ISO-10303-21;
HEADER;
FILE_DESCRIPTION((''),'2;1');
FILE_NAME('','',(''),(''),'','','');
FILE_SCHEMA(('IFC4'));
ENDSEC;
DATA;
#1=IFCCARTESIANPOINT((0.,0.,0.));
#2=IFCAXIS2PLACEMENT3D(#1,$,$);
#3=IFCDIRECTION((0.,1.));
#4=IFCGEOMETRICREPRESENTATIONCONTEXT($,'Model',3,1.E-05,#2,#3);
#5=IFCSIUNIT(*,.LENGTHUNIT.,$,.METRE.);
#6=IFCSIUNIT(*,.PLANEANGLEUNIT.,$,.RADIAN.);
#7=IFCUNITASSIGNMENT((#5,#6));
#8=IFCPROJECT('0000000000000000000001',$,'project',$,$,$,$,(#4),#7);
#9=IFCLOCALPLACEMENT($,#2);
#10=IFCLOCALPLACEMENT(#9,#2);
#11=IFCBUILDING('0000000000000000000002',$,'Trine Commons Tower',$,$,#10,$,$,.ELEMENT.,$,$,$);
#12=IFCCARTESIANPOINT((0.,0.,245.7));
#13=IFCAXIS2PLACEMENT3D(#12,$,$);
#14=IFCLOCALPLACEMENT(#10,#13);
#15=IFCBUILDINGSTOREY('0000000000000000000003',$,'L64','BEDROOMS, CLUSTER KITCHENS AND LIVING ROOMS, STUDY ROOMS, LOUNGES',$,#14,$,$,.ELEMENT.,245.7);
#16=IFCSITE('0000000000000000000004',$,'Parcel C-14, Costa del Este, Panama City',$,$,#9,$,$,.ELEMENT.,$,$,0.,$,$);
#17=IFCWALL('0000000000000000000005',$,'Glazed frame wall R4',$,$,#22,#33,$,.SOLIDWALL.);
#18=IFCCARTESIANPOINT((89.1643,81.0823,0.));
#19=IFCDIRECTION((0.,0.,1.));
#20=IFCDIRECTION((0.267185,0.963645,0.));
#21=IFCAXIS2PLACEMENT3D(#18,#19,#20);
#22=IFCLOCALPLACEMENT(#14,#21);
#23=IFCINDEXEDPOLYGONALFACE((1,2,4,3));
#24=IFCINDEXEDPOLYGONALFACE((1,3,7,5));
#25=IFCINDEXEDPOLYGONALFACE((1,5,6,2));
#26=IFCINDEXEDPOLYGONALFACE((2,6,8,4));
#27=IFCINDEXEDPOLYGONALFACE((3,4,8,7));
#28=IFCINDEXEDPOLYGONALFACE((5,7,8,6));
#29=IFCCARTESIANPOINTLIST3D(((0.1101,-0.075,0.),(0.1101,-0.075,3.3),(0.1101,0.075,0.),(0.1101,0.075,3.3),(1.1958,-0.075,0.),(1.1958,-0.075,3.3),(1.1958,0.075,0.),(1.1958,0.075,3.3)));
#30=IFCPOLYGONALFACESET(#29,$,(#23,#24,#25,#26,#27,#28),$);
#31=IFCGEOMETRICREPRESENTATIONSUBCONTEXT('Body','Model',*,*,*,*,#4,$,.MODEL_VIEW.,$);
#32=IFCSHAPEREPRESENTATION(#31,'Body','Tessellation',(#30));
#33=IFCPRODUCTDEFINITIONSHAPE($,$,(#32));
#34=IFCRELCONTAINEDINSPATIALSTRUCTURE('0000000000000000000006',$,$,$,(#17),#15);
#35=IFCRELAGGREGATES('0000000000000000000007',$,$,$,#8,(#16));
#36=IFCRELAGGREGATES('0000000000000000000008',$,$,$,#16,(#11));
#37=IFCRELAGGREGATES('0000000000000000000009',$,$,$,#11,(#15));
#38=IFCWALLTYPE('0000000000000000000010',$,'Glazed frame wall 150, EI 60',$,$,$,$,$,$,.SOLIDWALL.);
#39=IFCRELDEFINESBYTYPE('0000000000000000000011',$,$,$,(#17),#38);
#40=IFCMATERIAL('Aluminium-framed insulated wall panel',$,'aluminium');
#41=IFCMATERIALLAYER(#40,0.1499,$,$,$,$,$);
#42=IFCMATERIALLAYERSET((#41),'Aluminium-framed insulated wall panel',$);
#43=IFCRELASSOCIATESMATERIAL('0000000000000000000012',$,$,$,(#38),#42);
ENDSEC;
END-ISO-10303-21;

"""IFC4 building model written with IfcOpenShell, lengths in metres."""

from ifc_helpers import new_model, si_unit, direction, frame, origin, place, context, subcontext, project, spatial, polyline, outline, extrude, material, layer, layer_set, type_object, element, save


model = new_model("IFC4")

# Units and contexts
model_context = context("Model", 3, precision=1e-05, world=origin(), true_north=direction((0.0, 1.0)))
body_context = subcontext(model_context, "Body", "Model", "MODEL_VIEW")
ifc_project = project(units=[si_unit("LENGTHUNIT", "METRE"), si_unit("PLANEANGLEUNIT", "RADIAN")], contexts=[model_context])

# Site, building, storey
site_placement = place(None, origin())
site = spatial("IfcSite", under=ifc_project, at=site_placement, Name="Parcel C-14, Costa del Este, Panama City", CompositionType="ELEMENT", RefElevation=0.0)
building_placement = place(site_placement, origin())
building = spatial("IfcBuilding", under=site, at=building_placement, Name="Trine Commons Tower", CompositionType="ELEMENT")
storey_placement = place(building_placement, frame((0.0, 0.0, 245.7)))
storey = spatial("IfcBuildingStorey", under=building, at=storey_placement, Name="L64", Description="BEDROOMS, CLUSTER KITCHENS AND LIVING ROOMS, STUDY ROOMS, LOUNGES", CompositionType="ELEMENT", Elevation=245.7)

# Wall
ifc_material_1 = material(Name="Aluminium-framed insulated wall panel", Category="aluminium")
ifc_layer_1 = layer(ifc_material_1, 0.1499)
ifc_layer_set_1 = layer_set([ifc_layer_1], Name="Aluminium-framed insulated wall panel")
wall_type_1 = type_object("IfcWallType", Name="Glazed frame wall 150, EI 60", PredefinedType="SOLIDWALL", material=ifc_layer_set_1)
wall_1_placement = place(storey_placement, frame((89.1643, 81.0823, 0.0), z_axis=(0.0, 0.0, 1.0), x_axis=(0.267185, 0.963645, 0.0)))
element("IfcWall", 1, at=wall_1_placement, inside=storey, type_object=wall_type_1, Name="Glazed frame wall R4", PredefinedType="SOLIDWALL", context=body_context, shape_type="SweptSolid", body=[
    extrude(outline(polyline([(0.1101, 0.075), (0.1101, -0.075), (1.1958, -0.075), (1.1958, 0.075), (0.1101, 0.075)])), origin(), (0.0, 0.0, 1.0), 3.3),
])

save(model, "model.ifc")
